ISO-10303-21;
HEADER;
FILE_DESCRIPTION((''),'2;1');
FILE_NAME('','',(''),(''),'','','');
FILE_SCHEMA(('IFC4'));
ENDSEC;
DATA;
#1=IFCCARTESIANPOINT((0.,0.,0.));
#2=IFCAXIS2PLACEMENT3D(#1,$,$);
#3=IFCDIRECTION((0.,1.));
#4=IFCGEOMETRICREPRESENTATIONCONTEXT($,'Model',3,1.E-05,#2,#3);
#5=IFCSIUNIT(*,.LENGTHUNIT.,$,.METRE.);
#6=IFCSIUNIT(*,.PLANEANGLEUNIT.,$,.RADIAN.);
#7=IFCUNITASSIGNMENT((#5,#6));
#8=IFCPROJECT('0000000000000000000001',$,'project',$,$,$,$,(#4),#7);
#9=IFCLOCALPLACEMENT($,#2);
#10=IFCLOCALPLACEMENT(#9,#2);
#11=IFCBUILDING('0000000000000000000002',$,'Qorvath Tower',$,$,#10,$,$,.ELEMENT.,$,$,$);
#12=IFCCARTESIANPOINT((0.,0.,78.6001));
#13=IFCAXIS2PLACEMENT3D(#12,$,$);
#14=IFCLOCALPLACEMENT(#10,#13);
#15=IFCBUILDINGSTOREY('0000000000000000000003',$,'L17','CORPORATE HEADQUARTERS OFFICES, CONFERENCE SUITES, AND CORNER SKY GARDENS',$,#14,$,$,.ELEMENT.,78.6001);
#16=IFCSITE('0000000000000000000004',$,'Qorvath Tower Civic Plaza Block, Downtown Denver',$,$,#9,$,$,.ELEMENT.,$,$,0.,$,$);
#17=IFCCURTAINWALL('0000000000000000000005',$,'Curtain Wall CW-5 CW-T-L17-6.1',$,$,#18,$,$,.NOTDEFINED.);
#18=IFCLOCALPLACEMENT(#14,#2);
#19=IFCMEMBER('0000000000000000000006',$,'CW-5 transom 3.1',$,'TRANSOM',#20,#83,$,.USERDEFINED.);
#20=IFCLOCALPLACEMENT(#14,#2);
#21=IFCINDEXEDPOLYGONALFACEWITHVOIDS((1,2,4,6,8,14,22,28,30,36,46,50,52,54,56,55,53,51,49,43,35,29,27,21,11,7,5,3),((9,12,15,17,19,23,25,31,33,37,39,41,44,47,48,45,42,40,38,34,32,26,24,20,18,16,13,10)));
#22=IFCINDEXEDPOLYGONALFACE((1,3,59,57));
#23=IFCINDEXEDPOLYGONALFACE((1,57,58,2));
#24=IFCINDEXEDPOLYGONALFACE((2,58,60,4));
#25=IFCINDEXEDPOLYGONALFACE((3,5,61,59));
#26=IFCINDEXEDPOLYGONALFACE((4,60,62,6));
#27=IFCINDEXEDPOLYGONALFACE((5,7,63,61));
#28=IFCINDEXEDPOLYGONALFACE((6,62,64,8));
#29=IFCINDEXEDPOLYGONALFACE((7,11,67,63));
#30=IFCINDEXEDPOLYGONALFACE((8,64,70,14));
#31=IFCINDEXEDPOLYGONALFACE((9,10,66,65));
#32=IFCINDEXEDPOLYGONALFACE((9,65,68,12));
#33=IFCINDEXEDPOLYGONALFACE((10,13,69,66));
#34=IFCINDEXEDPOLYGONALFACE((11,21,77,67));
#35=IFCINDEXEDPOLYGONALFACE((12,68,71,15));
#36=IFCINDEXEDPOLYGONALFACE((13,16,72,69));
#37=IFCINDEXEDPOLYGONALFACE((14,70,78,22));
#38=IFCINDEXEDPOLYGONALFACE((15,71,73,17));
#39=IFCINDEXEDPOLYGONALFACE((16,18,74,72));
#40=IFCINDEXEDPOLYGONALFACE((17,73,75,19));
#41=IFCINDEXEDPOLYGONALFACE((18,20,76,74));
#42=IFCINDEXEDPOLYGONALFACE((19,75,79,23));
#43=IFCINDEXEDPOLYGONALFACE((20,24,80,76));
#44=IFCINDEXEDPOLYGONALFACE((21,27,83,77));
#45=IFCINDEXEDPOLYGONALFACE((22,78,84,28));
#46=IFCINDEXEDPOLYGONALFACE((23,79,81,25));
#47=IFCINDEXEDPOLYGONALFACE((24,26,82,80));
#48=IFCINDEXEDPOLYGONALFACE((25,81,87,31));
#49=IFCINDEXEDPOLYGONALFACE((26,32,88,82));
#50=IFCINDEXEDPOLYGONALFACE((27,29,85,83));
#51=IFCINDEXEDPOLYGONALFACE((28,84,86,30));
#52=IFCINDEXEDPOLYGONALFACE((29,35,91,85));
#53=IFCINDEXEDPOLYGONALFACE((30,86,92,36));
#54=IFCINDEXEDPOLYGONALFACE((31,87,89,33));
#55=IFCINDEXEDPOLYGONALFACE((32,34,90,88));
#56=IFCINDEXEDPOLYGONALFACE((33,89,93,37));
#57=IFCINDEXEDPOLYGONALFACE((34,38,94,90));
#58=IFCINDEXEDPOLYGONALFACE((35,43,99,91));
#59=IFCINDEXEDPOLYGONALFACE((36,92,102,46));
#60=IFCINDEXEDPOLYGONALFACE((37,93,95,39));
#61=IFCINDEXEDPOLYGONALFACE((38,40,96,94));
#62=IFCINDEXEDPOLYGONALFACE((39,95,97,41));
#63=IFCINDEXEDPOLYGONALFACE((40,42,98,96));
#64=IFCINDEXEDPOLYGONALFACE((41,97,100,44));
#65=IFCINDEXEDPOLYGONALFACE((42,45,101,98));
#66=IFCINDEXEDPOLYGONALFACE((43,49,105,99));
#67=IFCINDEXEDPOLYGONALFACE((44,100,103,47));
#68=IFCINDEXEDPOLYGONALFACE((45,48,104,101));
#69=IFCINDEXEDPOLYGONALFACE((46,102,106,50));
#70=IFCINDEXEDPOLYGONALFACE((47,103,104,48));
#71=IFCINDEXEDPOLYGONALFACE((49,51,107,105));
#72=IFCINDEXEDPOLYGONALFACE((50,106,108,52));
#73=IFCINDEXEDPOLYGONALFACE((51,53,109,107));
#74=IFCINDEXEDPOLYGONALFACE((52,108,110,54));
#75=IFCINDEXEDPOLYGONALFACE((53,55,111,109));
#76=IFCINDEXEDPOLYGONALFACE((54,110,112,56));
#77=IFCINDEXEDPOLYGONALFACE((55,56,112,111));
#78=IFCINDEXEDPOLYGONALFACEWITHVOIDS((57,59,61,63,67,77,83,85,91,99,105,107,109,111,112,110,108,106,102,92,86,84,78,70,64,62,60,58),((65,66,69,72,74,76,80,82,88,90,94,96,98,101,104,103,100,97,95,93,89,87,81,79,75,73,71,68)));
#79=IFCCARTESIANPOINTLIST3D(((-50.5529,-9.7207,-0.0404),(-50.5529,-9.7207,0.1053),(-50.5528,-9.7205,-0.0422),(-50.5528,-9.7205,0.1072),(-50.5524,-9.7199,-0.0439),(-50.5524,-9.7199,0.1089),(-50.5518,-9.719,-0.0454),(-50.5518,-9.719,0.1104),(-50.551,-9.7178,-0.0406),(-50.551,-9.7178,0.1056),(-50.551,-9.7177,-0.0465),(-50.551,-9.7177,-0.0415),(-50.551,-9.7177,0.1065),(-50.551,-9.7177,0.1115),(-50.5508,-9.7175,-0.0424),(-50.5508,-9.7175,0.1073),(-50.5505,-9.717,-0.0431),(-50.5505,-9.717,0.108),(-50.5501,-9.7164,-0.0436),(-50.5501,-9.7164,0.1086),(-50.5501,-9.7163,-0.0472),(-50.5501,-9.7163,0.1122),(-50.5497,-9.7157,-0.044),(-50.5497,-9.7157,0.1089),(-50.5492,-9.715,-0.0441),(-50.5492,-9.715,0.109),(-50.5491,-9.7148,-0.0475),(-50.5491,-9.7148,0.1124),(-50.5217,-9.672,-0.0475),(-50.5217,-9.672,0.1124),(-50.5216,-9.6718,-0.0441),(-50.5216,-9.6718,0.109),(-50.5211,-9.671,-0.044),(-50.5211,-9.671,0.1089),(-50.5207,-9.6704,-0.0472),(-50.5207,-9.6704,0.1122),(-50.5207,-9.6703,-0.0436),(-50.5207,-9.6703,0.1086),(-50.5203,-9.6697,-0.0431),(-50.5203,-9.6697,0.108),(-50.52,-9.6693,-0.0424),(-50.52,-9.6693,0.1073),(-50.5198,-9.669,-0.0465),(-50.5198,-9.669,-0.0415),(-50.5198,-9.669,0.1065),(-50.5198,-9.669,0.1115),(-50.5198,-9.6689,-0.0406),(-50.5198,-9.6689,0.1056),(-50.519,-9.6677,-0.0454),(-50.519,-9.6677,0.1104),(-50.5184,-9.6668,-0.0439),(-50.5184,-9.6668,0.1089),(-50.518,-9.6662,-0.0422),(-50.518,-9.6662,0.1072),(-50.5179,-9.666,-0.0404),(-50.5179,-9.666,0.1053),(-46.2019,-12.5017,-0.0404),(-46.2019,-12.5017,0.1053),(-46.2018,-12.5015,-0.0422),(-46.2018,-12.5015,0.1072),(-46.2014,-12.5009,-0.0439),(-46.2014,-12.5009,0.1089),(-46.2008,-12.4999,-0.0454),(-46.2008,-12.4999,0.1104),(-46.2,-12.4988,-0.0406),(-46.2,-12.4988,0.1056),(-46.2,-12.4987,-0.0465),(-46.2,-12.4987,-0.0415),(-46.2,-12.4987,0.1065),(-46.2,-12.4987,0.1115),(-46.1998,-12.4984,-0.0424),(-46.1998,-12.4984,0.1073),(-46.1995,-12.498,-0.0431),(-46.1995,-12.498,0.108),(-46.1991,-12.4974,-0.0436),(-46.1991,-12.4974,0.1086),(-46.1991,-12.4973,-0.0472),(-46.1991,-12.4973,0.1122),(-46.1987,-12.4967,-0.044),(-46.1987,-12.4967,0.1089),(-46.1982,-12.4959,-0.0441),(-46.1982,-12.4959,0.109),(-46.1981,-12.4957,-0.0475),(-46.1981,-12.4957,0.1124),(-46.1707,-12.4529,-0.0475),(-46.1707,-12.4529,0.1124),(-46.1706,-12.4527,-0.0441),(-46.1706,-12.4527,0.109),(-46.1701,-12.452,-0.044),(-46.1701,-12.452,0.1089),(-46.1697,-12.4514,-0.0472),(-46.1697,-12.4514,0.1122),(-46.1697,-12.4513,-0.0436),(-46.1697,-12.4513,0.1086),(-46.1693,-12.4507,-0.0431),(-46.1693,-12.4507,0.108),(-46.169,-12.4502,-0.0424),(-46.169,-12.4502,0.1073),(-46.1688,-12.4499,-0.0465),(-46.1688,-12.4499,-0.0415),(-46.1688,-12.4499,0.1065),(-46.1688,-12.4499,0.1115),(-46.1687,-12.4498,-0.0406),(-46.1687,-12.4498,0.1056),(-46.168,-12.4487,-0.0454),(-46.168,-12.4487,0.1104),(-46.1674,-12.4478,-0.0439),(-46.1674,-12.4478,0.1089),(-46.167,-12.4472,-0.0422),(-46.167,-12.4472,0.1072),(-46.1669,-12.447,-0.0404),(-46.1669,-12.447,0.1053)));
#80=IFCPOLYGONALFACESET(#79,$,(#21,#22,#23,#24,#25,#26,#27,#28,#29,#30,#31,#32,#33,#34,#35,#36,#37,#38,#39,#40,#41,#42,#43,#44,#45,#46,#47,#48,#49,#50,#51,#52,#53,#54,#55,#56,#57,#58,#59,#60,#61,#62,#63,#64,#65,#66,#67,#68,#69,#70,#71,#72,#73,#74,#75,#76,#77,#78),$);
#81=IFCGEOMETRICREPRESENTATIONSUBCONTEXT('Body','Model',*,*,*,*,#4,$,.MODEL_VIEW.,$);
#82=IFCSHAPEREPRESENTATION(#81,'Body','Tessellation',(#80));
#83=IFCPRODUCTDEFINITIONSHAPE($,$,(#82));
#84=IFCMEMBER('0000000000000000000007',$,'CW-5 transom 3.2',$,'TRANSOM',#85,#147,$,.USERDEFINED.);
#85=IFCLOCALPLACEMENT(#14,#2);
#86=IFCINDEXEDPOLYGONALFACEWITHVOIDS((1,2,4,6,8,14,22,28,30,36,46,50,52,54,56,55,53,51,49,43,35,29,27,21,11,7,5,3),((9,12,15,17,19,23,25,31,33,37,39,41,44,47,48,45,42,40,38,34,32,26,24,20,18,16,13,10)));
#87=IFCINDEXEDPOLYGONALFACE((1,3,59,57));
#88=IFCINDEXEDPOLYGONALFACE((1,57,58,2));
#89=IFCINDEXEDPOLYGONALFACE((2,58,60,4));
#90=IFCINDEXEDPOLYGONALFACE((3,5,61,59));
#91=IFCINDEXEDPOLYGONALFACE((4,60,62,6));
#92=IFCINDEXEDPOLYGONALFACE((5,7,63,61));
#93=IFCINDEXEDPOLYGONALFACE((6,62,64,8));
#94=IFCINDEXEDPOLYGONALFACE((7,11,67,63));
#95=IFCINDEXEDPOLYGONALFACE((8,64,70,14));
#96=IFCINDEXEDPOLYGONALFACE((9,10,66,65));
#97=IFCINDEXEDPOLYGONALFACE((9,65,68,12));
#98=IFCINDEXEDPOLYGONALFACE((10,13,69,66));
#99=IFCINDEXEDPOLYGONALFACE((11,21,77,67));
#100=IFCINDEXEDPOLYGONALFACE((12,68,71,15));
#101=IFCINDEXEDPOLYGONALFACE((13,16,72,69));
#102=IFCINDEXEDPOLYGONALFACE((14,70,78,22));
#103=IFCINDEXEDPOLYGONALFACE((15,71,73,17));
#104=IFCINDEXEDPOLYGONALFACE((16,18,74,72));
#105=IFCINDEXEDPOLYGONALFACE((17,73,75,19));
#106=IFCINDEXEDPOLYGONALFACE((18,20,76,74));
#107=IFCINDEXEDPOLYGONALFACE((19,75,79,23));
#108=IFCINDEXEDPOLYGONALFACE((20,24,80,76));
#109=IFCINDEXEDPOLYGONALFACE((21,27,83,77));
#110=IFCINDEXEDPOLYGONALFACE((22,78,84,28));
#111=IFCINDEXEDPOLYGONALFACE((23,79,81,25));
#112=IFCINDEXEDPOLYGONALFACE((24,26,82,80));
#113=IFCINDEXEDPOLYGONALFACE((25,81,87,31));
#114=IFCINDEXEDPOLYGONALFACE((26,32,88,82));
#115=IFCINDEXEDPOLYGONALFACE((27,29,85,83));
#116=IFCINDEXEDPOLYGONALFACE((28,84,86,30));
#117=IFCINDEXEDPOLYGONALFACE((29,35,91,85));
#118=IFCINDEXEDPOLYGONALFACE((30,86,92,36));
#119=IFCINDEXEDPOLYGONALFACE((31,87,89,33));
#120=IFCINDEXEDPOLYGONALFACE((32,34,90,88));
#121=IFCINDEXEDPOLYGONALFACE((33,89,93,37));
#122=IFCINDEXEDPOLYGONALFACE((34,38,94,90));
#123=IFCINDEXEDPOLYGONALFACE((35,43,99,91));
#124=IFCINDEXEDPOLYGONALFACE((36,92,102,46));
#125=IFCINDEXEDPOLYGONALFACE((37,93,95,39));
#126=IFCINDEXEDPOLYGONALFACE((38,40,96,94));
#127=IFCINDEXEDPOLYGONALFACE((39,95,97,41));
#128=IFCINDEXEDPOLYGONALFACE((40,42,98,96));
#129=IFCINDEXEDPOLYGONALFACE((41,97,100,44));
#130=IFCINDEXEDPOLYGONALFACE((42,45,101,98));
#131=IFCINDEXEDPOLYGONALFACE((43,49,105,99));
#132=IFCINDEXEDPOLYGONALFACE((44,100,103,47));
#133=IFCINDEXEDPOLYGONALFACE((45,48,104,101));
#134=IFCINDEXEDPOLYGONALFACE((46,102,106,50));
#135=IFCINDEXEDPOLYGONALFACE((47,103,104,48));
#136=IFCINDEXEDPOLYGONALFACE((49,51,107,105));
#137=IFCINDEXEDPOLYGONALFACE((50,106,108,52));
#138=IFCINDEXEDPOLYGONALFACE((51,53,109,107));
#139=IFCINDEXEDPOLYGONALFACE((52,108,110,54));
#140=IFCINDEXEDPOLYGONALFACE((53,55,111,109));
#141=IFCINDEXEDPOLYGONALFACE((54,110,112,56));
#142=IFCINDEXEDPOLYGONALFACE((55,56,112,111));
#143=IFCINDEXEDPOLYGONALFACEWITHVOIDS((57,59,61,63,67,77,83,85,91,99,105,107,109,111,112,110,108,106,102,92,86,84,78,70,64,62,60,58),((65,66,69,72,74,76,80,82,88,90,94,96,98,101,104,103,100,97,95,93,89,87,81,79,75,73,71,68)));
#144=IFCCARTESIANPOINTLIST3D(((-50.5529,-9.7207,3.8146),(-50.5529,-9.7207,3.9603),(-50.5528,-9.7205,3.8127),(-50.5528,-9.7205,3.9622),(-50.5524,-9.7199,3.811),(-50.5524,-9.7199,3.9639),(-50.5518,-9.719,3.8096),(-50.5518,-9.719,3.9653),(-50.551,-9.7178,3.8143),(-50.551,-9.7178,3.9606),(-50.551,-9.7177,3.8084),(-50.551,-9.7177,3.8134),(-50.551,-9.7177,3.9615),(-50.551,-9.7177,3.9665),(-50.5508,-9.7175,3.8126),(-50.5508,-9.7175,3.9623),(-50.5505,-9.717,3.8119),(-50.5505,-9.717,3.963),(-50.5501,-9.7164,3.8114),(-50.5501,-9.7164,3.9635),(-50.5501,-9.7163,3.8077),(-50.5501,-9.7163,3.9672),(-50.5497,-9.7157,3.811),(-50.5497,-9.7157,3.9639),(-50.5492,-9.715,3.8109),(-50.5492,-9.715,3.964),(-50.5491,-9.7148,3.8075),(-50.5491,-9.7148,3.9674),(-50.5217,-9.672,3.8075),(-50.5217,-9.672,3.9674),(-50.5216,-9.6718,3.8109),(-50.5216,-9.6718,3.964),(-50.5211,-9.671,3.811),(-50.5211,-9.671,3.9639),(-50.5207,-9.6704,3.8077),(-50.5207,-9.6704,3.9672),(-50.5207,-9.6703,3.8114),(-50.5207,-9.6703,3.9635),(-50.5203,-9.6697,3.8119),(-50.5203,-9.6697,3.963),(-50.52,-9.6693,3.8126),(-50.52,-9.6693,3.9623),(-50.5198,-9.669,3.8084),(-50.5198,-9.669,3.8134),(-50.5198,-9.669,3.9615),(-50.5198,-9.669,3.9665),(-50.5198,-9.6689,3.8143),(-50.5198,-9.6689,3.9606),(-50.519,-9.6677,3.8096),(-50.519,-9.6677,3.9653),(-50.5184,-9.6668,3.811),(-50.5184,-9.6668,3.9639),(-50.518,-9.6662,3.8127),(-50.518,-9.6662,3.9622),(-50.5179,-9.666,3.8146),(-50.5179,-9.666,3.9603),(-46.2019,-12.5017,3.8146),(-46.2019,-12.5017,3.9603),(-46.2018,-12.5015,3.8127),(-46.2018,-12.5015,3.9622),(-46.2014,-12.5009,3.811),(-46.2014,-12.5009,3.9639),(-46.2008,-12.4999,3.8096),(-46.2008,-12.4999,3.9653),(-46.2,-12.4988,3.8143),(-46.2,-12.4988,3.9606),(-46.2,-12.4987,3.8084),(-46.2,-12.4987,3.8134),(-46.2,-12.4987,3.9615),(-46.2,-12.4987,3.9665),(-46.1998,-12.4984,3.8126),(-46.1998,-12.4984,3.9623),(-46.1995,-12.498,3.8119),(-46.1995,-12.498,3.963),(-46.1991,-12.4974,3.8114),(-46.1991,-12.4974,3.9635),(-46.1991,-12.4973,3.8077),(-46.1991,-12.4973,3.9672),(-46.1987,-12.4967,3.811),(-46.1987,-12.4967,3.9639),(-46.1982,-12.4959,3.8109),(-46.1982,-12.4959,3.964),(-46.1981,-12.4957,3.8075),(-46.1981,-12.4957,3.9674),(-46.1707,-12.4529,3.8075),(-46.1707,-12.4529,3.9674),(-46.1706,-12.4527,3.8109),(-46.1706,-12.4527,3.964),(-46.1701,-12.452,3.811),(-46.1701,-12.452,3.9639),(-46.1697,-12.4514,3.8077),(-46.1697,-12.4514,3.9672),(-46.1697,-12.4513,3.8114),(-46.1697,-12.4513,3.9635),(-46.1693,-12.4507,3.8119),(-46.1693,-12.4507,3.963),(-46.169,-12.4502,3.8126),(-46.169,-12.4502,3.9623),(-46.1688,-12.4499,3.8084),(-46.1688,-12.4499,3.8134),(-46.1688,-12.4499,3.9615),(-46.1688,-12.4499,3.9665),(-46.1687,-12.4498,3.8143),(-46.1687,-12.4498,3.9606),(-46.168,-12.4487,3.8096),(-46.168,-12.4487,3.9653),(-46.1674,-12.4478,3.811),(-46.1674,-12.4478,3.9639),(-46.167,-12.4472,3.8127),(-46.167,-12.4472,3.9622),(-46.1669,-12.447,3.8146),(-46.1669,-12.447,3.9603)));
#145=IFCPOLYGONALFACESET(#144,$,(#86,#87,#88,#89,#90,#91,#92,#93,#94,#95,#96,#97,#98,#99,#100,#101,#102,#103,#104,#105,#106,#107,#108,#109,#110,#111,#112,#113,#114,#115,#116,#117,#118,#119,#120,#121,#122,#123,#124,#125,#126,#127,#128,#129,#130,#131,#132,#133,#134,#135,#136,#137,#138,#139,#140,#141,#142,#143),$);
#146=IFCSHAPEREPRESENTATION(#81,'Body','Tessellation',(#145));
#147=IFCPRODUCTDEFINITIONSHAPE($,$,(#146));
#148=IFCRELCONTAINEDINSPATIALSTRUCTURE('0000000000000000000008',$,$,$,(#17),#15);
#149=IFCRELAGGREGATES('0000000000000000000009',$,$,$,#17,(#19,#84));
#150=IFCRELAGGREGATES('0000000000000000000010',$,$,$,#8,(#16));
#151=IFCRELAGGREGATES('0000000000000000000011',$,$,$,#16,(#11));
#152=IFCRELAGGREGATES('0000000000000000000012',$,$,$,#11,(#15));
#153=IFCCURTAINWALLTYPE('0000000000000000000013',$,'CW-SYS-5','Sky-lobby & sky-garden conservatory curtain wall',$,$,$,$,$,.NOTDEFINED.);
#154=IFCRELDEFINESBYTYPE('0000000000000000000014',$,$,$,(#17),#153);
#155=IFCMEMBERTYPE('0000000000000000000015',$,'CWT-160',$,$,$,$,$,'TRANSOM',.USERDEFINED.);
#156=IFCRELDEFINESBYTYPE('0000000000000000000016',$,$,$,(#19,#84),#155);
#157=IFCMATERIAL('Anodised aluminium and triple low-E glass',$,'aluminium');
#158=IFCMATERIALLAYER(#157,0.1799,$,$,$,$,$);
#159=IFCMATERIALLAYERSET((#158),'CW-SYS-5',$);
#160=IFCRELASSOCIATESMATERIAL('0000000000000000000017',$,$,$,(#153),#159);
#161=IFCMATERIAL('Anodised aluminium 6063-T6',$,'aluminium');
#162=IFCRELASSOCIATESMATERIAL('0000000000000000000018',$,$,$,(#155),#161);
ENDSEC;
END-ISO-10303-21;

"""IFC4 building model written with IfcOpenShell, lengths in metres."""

from ifc_helpers import new_model, si_unit, direction, frame, origin, origin_2d, place, context, subcontext, project, spatial, hollow_rectangle, extrude, material, layer, layer_set, material_profile, profile_set, type_object, element, aggregate, save


model = new_model("IFC4")

# Units and contexts
model_context = context("Model", 3, precision=1e-05, world=origin(), true_north=direction((0.0, 1.0)))
body_context = subcontext(model_context, "Body", "Model", "MODEL_VIEW")
ifc_project = project(units=[si_unit("LENGTHUNIT", "METRE"), si_unit("PLANEANGLEUNIT", "RADIAN")], contexts=[model_context])

# Site, building, storey
site_placement = place(None, origin())
site = spatial("IfcSite", under=ifc_project, at=site_placement, Name="Qorvath Tower Civic Plaza Block, Downtown Denver", CompositionType="ELEMENT", RefElevation=0.0)
building_placement = place(site_placement, origin())
building = spatial("IfcBuilding", under=site, at=building_placement, Name="Qorvath Tower", CompositionType="ELEMENT")
storey_placement = place(building_placement, frame((0.0, 0.0, 78.6001)))
storey = spatial("IfcBuildingStorey", under=building, at=storey_placement, Name="L17", Description="CORPORATE HEADQUARTERS OFFICES, CONFERENCE SUITES, AND CORNER SKY GARDENS", CompositionType="ELEMENT", Elevation=78.6001)

# Shared definitions
ifc_material_1 = material(Name="Anodised aluminium and triple low-E glass", Category="aluminium")
ifc_layer_1 = layer(ifc_material_1, 0.1799)
ifc_layer_set_1 = layer_set([ifc_layer_1], Name="CW-SYS-5")
curtain_wall_type = type_object("IfcCurtainWallType", Name="CW-SYS-5", Description="Sky-lobby & sky-garden conservatory curtain wall", PredefinedType="NOTDEFINED", material=ifc_layer_set_1)

# Curtain wall, members
curtain_wall_1_placement = place(storey_placement, origin())
curtain_wall_1 = element("IfcCurtainWall", 1, at=curtain_wall_1_placement, inside=storey, type_object=curtain_wall_type, Name="Curtain Wall CW-5 CW-T-L17-6.1", PredefinedType="NOTDEFINED")
ifc_material_2 = material(Name="Anodised aluminium 6063-T6", Category="aluminium")
ifc_material_profile_1 = material_profile(ifc_material_2, hollow_rectangle(XDim=0.0649, YDim=0.1599, WallThickness=0.0034, InnerFilletRadius=0.0034, OuterFilletRadius=0.0071, at=origin_2d()), Name="CWT 160x65")
ifc_profile_set_1 = profile_set([ifc_material_profile_1], Name="Anodised aluminium 6063-T6")
member_type_1 = type_object("IfcMemberType", Name="CWT-160", ElementType="TRANSOM", PredefinedType="USERDEFINED", material=ifc_profile_set_1)
member_1_placement = place(storey_placement, frame((-50.5354, -9.6934, 0.0325), z_axis=(0.842595, -0.538548, 0.0), x_axis=(0.538548, 0.842595, 0.0)))
member_1 = element("IfcMember", 2, at=member_1_placement, type_object=member_type_1, Name="CW-5 transom 3.1", ObjectType="TRANSOM", PredefinedType="USERDEFINED", context=body_context, shape_type="SweptSolid", body=[
    extrude(hollow_rectangle(XDim=0.0649, YDim=0.1599, WallThickness=0.0034, InnerFilletRadius=0.0034, OuterFilletRadius=0.0071, at=origin_2d()), origin(), (0.0, 0.0, 1.0), 5.1638),
])
member_2_placement = place(storey_placement, frame((-50.5354, -9.6934, 3.8875), z_axis=(0.842595, -0.538548, 0.0), x_axis=(0.538548, 0.842595, 0.0)))
member_2 = element("IfcMember", 3, at=member_2_placement, type_object=member_type_1, Name="CW-5 transom 3.2", ObjectType="TRANSOM", PredefinedType="USERDEFINED", context=body_context, shape_type="SweptSolid", body=[
    extrude(hollow_rectangle(XDim=0.0649, YDim=0.1599, WallThickness=0.0034, InnerFilletRadius=0.0034, OuterFilletRadius=0.0071, at=origin_2d()), origin(), (0.0, 0.0, 1.0), 5.1638),
])

aggregate(curtain_wall_1, [member_1, member_2])

save(model, "model.ifc")
